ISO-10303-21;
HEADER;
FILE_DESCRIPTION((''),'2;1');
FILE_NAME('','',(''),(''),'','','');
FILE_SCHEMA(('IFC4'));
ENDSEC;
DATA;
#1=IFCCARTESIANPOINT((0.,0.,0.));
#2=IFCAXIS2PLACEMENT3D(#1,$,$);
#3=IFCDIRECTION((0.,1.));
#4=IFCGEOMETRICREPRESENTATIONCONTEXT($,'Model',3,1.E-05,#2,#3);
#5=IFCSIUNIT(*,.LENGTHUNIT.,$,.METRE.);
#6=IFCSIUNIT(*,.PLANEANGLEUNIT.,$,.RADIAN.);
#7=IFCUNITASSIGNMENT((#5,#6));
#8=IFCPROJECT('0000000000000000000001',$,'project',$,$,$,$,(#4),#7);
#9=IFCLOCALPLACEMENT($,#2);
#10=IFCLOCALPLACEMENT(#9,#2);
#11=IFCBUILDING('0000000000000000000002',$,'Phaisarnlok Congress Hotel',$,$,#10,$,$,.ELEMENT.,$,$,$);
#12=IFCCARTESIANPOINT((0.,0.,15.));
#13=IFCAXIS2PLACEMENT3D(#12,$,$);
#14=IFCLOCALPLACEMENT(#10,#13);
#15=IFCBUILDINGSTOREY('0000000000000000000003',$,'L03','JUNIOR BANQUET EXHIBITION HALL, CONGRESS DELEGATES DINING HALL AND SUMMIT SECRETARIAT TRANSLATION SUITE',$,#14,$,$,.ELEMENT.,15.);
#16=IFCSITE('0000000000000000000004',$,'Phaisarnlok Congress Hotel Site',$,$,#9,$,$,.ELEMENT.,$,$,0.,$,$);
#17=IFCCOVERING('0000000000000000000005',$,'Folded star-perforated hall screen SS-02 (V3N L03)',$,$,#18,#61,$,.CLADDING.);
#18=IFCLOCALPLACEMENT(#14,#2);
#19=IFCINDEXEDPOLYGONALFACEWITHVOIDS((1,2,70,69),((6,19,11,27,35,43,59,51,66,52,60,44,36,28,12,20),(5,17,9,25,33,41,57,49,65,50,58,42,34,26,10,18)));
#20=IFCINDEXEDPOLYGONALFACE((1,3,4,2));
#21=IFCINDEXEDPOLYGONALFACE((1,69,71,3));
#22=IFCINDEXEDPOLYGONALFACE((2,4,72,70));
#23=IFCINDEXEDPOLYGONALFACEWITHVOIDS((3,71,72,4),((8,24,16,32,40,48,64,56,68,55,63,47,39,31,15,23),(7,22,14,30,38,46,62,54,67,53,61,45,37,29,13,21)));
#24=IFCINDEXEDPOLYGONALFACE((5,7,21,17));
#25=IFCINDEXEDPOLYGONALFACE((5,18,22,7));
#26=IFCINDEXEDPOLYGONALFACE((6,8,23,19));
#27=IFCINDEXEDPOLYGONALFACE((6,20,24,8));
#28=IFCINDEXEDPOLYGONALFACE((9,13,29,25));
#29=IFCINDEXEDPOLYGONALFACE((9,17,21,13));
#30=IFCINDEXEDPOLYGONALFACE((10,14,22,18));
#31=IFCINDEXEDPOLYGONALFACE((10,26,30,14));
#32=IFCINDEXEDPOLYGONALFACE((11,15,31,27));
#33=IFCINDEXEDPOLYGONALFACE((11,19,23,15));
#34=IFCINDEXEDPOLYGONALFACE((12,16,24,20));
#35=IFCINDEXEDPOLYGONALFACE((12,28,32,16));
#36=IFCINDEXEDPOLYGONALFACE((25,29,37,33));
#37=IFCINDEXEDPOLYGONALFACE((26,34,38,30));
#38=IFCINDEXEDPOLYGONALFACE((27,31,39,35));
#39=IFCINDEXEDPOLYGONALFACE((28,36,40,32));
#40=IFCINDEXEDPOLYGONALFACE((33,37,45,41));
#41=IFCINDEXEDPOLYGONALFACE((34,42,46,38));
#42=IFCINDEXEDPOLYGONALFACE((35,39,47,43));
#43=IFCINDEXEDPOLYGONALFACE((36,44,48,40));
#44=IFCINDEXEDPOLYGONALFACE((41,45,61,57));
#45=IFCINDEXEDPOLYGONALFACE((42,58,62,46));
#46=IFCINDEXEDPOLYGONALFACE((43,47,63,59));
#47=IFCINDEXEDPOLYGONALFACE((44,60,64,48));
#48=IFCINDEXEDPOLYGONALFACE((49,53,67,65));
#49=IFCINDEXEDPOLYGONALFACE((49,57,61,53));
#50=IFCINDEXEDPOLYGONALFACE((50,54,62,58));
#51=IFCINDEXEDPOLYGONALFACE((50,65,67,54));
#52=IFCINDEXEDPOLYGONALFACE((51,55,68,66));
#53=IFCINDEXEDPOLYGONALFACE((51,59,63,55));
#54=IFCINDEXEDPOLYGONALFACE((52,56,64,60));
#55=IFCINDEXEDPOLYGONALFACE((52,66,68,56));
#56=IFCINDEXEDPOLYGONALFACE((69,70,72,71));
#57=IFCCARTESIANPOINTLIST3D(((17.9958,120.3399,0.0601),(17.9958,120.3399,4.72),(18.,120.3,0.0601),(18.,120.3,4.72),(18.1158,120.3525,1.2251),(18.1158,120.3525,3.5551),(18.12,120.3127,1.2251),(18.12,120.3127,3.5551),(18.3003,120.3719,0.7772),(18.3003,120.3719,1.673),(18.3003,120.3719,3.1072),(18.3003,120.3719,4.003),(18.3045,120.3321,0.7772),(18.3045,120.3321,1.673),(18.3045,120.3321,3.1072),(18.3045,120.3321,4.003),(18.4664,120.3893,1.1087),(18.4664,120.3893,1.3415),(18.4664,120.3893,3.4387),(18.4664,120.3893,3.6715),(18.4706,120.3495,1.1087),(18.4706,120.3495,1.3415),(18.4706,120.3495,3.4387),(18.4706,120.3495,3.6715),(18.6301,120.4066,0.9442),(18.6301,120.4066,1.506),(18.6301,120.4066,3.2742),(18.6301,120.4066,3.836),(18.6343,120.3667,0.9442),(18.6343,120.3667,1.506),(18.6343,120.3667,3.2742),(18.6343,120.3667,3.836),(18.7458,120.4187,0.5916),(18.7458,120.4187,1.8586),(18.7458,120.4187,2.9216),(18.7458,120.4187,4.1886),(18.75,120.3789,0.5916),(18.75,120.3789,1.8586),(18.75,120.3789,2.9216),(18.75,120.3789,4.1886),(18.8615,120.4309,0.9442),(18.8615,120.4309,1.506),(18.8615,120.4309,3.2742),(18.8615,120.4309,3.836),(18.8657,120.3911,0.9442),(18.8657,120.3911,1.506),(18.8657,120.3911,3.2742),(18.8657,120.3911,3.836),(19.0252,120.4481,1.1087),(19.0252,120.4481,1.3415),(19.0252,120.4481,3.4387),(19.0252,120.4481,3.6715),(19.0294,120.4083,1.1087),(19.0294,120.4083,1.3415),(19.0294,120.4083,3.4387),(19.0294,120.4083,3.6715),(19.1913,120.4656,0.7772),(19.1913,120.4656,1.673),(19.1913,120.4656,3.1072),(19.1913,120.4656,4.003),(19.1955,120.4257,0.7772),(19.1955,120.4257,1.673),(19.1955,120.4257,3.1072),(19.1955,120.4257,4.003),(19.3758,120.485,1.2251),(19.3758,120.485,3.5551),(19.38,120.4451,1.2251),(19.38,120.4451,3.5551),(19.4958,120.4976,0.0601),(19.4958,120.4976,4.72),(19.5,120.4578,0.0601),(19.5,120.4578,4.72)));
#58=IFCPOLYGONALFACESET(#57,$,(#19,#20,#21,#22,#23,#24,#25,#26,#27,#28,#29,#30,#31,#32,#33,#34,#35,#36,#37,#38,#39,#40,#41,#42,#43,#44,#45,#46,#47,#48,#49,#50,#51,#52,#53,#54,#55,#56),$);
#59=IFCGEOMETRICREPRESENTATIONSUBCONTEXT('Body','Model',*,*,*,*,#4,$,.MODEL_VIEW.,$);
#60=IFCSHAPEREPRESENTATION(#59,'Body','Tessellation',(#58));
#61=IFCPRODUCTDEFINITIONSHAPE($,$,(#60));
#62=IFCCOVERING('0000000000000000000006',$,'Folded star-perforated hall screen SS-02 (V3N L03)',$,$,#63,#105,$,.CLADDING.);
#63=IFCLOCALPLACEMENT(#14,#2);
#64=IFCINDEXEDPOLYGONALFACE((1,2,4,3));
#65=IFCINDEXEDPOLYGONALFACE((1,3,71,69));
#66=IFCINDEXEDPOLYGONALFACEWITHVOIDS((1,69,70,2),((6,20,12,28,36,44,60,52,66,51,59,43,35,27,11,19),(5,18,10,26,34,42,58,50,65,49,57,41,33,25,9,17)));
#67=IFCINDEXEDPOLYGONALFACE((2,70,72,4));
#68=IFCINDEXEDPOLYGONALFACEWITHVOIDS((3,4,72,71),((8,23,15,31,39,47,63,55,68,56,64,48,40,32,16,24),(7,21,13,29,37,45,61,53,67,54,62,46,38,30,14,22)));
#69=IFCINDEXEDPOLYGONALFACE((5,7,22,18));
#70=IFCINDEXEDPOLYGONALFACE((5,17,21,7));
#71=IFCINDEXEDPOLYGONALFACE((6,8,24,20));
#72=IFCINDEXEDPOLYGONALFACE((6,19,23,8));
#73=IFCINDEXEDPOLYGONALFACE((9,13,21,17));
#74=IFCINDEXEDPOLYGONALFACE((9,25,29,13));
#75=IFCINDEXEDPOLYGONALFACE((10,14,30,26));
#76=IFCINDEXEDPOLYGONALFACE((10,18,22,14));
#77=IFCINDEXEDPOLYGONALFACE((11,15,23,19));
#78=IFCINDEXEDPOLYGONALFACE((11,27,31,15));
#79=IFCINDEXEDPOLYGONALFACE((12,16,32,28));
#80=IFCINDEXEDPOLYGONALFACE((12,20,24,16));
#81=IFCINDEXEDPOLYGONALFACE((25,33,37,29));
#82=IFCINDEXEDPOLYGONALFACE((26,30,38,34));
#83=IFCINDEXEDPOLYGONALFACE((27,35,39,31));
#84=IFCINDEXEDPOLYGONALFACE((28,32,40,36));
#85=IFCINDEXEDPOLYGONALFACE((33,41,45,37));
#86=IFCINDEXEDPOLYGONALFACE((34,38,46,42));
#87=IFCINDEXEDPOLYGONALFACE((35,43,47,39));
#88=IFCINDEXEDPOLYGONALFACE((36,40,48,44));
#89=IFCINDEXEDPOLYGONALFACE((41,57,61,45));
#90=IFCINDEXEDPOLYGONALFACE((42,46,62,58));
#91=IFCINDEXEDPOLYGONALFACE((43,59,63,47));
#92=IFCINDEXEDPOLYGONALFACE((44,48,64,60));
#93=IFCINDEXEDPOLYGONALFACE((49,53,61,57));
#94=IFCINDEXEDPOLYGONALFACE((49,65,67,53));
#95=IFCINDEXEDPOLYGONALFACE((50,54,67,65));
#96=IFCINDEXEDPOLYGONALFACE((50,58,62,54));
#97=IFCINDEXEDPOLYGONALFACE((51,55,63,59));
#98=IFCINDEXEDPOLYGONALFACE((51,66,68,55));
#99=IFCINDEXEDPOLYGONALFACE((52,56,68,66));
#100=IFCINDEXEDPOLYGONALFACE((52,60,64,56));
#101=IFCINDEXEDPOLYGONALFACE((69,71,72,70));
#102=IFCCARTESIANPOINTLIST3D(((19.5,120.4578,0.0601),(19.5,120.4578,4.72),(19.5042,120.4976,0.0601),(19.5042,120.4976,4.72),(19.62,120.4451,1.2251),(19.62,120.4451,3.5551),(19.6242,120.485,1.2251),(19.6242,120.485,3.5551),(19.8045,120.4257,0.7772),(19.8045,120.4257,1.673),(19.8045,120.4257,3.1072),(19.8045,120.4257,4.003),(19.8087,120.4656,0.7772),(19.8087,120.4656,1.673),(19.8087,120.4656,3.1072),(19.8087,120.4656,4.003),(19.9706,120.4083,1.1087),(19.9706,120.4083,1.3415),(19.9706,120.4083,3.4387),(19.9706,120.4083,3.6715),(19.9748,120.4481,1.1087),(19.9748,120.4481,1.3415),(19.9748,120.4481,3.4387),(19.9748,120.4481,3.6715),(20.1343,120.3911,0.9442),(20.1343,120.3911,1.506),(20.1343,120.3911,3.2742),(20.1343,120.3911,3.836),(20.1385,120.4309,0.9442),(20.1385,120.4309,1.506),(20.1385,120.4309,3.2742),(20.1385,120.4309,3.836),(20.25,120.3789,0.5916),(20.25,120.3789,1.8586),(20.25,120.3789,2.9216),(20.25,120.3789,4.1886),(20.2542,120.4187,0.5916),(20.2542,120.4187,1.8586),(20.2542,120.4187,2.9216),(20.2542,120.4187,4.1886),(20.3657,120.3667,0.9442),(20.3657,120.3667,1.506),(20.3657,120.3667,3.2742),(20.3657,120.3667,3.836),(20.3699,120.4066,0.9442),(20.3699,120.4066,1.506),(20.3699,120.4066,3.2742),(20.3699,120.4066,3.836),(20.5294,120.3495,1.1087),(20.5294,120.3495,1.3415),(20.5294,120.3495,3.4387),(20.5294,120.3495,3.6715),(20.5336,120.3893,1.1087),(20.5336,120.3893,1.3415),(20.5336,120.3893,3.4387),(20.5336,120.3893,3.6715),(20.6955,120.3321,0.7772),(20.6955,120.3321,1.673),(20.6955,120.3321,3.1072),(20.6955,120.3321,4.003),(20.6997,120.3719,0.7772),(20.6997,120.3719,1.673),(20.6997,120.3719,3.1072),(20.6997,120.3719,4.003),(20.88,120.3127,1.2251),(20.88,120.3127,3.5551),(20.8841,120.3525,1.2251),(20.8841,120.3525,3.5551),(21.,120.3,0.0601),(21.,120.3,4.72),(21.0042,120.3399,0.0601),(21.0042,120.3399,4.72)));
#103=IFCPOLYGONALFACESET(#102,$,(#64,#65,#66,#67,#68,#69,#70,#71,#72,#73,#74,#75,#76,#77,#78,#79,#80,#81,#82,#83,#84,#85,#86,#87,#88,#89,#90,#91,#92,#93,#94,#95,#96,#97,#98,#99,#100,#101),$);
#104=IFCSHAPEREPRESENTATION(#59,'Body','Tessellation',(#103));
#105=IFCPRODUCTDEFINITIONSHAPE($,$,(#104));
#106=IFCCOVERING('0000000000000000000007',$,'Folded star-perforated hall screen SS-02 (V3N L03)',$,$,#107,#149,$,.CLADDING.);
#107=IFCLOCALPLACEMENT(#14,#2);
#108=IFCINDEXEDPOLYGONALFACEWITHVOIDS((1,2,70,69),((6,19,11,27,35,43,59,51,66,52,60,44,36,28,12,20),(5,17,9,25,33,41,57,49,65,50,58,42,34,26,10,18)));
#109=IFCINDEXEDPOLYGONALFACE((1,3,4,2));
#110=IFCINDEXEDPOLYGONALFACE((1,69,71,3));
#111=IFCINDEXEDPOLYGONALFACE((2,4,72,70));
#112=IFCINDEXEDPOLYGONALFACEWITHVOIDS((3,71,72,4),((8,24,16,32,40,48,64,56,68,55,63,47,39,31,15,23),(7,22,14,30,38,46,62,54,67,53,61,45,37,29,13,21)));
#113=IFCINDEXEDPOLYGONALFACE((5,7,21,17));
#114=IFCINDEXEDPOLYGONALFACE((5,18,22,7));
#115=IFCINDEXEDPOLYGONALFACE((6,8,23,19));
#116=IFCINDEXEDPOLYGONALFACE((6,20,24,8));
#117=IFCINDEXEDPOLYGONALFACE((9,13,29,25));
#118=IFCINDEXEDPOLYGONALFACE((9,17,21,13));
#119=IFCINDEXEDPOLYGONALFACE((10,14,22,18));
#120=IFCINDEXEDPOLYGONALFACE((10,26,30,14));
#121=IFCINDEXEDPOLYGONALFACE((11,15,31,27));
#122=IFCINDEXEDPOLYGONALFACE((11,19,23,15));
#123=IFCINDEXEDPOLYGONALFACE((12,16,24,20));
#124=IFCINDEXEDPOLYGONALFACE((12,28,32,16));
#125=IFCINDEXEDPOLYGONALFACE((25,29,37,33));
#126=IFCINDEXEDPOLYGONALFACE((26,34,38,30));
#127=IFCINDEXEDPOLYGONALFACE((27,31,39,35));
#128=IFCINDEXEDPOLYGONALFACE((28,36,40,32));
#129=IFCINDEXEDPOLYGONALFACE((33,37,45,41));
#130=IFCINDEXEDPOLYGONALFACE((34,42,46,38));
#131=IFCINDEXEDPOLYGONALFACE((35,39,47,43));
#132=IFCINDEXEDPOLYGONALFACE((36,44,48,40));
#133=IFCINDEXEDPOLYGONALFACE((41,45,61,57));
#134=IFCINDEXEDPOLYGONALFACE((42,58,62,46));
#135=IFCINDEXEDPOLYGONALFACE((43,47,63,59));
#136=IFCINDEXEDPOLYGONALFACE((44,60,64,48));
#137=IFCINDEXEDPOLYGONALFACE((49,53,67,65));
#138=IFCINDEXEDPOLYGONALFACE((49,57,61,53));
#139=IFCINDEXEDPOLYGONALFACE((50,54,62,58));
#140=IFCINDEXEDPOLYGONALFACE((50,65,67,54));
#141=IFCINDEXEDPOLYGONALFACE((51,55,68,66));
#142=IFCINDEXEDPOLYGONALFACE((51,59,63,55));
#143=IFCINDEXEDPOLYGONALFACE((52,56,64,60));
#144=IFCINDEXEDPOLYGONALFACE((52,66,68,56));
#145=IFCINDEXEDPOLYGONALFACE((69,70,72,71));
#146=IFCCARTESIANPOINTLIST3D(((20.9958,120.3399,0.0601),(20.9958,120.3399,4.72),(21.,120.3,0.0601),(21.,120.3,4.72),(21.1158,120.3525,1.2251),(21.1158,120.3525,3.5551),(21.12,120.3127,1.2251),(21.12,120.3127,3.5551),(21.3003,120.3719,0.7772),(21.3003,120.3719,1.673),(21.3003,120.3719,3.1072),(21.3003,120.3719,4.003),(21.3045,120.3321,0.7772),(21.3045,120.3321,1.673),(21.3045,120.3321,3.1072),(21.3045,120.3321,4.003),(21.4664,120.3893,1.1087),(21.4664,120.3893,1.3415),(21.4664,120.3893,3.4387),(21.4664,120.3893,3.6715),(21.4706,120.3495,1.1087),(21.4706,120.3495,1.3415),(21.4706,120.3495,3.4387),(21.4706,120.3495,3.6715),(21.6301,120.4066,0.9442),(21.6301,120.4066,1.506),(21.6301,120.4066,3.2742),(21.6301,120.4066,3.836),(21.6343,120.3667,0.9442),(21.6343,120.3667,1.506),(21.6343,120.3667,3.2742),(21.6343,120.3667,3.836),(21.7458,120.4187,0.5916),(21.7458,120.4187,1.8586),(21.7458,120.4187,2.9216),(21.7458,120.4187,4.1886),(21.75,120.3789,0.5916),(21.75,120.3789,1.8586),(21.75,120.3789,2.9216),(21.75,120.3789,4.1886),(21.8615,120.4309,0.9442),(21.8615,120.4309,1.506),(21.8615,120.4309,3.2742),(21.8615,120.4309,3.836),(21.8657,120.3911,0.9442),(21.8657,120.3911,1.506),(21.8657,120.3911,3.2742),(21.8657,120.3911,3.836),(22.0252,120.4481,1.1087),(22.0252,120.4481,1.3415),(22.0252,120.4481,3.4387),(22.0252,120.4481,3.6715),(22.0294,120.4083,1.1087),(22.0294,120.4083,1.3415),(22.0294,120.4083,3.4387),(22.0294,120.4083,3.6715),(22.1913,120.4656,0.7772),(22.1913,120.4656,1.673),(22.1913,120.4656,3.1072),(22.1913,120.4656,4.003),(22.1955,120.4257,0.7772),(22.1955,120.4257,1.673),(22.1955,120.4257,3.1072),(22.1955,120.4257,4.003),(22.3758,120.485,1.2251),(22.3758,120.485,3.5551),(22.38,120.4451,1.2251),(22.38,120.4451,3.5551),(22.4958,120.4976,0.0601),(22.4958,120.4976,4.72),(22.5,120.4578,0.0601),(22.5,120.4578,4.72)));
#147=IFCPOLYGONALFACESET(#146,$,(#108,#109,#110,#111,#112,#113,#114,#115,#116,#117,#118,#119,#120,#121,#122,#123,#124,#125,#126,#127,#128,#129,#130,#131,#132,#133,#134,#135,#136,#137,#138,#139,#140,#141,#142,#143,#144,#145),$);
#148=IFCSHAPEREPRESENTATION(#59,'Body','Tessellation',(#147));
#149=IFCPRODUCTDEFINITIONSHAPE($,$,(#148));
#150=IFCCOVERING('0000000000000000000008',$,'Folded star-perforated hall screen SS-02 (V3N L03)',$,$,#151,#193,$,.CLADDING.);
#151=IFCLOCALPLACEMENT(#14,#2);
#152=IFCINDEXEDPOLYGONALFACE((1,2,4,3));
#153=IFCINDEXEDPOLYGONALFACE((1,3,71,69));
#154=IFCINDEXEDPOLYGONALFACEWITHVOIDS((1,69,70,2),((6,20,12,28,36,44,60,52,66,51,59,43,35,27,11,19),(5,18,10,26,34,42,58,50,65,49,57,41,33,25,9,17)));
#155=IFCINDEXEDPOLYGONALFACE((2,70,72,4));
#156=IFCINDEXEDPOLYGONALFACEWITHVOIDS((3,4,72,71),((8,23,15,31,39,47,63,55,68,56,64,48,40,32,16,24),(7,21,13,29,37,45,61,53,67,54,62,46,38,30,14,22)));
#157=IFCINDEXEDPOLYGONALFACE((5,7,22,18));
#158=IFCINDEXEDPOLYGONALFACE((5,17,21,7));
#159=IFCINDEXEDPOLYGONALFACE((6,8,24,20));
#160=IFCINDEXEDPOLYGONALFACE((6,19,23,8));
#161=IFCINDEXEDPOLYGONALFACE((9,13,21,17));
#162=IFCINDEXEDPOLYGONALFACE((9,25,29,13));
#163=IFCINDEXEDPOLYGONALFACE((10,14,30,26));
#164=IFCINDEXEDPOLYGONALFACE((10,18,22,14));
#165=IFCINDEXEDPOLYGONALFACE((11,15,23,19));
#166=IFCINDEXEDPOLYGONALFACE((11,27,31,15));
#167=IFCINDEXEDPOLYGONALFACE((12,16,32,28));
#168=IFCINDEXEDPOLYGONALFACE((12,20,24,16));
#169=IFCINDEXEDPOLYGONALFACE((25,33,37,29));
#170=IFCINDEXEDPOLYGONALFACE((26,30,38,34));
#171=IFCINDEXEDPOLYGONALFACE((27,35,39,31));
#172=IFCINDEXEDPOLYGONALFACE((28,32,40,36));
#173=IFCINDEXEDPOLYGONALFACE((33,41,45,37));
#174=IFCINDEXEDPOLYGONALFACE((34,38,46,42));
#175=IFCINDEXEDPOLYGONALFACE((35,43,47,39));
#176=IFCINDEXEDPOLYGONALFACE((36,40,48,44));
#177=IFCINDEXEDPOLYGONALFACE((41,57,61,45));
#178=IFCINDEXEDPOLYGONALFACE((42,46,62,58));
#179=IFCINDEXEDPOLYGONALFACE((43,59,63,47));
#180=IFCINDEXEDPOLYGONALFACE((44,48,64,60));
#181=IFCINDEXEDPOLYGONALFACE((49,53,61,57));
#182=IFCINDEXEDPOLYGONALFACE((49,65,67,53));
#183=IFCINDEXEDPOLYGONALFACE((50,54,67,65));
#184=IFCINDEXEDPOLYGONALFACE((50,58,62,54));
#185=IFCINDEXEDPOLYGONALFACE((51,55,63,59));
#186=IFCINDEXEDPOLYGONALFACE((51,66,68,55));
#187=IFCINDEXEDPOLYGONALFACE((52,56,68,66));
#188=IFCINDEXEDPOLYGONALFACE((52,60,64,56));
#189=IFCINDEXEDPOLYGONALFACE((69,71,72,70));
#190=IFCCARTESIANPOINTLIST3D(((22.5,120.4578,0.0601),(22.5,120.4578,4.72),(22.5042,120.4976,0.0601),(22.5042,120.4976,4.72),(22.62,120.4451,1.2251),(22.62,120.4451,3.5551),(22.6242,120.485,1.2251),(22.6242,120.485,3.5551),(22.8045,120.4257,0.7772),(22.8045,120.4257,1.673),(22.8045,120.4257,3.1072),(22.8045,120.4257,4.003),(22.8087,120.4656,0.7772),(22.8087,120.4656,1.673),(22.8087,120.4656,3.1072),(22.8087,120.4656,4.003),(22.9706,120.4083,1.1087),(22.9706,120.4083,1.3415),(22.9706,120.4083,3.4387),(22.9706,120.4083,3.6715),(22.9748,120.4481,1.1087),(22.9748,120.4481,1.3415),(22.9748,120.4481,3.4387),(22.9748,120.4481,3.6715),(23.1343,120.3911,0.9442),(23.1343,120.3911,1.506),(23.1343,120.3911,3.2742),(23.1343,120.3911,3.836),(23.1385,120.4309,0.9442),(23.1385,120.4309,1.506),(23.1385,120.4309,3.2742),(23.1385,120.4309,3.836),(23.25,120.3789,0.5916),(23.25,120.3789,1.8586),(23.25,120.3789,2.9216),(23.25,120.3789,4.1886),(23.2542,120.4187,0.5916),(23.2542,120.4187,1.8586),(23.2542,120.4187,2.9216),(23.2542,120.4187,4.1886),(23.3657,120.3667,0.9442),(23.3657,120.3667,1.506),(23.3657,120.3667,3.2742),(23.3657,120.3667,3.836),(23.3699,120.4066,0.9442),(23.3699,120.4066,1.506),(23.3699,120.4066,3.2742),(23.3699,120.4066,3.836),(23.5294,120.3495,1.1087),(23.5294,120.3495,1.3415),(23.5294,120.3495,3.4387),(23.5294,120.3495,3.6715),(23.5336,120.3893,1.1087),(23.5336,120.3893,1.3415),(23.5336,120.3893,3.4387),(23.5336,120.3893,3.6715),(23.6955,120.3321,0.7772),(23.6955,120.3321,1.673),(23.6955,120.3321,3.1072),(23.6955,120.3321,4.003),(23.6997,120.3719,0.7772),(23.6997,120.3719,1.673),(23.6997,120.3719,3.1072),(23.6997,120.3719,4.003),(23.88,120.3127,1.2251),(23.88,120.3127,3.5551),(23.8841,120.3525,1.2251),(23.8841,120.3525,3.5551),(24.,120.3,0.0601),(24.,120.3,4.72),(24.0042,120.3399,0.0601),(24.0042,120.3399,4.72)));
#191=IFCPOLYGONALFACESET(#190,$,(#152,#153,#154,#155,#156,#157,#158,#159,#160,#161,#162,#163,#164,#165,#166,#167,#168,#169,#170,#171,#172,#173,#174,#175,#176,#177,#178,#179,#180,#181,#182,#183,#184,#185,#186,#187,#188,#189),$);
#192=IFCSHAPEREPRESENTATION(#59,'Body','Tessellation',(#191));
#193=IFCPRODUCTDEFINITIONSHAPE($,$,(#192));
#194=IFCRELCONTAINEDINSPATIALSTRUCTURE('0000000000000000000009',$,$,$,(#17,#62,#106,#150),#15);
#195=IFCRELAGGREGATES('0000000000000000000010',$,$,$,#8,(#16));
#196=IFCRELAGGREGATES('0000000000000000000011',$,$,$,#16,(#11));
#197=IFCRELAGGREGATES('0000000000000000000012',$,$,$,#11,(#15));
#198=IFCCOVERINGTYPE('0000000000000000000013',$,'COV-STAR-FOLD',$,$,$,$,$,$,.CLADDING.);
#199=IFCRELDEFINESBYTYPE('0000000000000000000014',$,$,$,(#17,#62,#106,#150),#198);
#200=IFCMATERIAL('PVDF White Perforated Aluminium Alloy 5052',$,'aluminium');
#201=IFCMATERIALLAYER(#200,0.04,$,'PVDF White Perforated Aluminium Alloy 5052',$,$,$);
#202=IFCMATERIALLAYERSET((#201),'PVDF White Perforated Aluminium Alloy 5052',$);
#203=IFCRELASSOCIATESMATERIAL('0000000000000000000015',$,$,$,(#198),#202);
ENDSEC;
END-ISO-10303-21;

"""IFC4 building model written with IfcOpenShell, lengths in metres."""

from ifc_helpers import new_model, si_unit, direction, frame, origin, place, context, subcontext, project, spatial, polyline, outline, extrude, material, layer, layer_set, type_object, element, save


model = new_model("IFC4")

# Units and contexts
model_context = context("Model", 3, precision=1e-05, world=origin(), true_north=direction((0.0, 1.0)))
body_context = subcontext(model_context, "Body", "Model", "MODEL_VIEW")
ifc_project = project(units=[si_unit("LENGTHUNIT", "METRE"), si_unit("PLANEANGLEUNIT", "RADIAN")], contexts=[model_context])

# Site, building, storey
site_placement = place(None, origin())
site = spatial("IfcSite", under=ifc_project, at=site_placement, Name="Phaisarnlok Congress Hotel Site", CompositionType="ELEMENT", RefElevation=0.0)
building_placement = place(site_placement, origin())
building = spatial("IfcBuilding", under=site, at=building_placement, Name="Phaisarnlok Congress Hotel", CompositionType="ELEMENT")
storey_placement = place(building_placement, frame((0.0, 0.0, 15.0)))
storey = spatial("IfcBuildingStorey", under=building, at=storey_placement, Name="L03", Description="JUNIOR BANQUET EXHIBITION HALL, CONGRESS DELEGATES DINING HALL AND SUMMIT SECRETARIAT TRANSLATION SUITE", CompositionType="ELEMENT", Elevation=15.0)

# Coverings
ifc_material_1 = material(Name="PVDF White Perforated Aluminium Alloy 5052", Category="aluminium")
ifc_layer_1 = layer(ifc_material_1, 0.04, Name="PVDF White Perforated Aluminium Alloy 5052")
ifc_layer_set_1 = layer_set([ifc_layer_1], Name="PVDF White Perforated Aluminium Alloy 5052")
covering_type = type_object("IfcCoveringType", Name="COV-STAR-FOLD", PredefinedType="CLADDING", material=ifc_layer_set_1)
for number, where, z_axis, x_axis, name in (
    (1, (19.5, 120.4578, 0.0601), (-0.104567, 0.994518, 0.0), (-0.994518, -0.104567, 0.0), "Folded star-perforated hall screen SS-02 (V3N L03)"),
    (2, (21.0, 120.3, 0.0601), (0.104567, 0.994518, 0.0), (-0.994518, 0.104567, 0.0), "Folded star-perforated hall screen SS-02 (V3N L03)"),
    (3, (22.5, 120.4578, 0.0601), (-0.104567, 0.994518, 0.0), (-0.994518, -0.104567, 0.0), "Folded star-perforated hall screen SS-02 (V3N L03)"),
    (4, (24.0, 120.3, 0.0601), (0.104567, 0.994518, 0.0), (-0.994518, 0.104567, 0.0), "Folded star-perforated hall screen SS-02 (V3N L03)"),
):
    element("IfcCovering", number, at=place(storey_placement, frame(where, z_axis=z_axis, x_axis=x_axis)), inside=storey, type_object=covering_type, Name=name, PredefinedType="CLADDING", context=body_context, shape_type="SweptSolid", body=[
        extrude(outline(polyline([(0.0, 0.0), (1.5083, 0.0), (1.5083, 4.6599), (0.0, 4.6599), (0.0, 0.0)]), holes=[polyline([(1.0351, 1.0486), (1.2021, 0.7171), (0.8705, 0.8841), (0.7541, 0.5315), (0.6378, 0.8841), (0.3062, 0.7171), (0.4732, 1.0486), (0.1207, 1.165), (0.4732, 1.2814), (0.3062, 1.6129), (0.6378, 1.4459), (0.7541, 1.7985), (0.8705, 1.4459), (1.2021, 1.6129), (1.0351, 1.2814), (1.3876, 1.165), (1.0351, 1.0486)]), polyline([(1.0351, 3.3786), (1.2021, 3.0471), (0.8705, 3.2141), (0.7541, 2.8615), (0.6378, 3.2141), (0.3062, 3.0471), (0.4732, 3.3786), (0.1207, 3.495), (0.4732, 3.6114), (0.3062, 3.9429), (0.6378, 3.7759), (0.7541, 4.1285), (0.8705, 3.7759), (1.2021, 3.9429), (1.0351, 3.6114), (1.3876, 3.495), (1.0351, 3.3786)])]), origin(), (0.0, 0.0, 1.0), 0.04),
    ])

save(model, "model.ifc")
